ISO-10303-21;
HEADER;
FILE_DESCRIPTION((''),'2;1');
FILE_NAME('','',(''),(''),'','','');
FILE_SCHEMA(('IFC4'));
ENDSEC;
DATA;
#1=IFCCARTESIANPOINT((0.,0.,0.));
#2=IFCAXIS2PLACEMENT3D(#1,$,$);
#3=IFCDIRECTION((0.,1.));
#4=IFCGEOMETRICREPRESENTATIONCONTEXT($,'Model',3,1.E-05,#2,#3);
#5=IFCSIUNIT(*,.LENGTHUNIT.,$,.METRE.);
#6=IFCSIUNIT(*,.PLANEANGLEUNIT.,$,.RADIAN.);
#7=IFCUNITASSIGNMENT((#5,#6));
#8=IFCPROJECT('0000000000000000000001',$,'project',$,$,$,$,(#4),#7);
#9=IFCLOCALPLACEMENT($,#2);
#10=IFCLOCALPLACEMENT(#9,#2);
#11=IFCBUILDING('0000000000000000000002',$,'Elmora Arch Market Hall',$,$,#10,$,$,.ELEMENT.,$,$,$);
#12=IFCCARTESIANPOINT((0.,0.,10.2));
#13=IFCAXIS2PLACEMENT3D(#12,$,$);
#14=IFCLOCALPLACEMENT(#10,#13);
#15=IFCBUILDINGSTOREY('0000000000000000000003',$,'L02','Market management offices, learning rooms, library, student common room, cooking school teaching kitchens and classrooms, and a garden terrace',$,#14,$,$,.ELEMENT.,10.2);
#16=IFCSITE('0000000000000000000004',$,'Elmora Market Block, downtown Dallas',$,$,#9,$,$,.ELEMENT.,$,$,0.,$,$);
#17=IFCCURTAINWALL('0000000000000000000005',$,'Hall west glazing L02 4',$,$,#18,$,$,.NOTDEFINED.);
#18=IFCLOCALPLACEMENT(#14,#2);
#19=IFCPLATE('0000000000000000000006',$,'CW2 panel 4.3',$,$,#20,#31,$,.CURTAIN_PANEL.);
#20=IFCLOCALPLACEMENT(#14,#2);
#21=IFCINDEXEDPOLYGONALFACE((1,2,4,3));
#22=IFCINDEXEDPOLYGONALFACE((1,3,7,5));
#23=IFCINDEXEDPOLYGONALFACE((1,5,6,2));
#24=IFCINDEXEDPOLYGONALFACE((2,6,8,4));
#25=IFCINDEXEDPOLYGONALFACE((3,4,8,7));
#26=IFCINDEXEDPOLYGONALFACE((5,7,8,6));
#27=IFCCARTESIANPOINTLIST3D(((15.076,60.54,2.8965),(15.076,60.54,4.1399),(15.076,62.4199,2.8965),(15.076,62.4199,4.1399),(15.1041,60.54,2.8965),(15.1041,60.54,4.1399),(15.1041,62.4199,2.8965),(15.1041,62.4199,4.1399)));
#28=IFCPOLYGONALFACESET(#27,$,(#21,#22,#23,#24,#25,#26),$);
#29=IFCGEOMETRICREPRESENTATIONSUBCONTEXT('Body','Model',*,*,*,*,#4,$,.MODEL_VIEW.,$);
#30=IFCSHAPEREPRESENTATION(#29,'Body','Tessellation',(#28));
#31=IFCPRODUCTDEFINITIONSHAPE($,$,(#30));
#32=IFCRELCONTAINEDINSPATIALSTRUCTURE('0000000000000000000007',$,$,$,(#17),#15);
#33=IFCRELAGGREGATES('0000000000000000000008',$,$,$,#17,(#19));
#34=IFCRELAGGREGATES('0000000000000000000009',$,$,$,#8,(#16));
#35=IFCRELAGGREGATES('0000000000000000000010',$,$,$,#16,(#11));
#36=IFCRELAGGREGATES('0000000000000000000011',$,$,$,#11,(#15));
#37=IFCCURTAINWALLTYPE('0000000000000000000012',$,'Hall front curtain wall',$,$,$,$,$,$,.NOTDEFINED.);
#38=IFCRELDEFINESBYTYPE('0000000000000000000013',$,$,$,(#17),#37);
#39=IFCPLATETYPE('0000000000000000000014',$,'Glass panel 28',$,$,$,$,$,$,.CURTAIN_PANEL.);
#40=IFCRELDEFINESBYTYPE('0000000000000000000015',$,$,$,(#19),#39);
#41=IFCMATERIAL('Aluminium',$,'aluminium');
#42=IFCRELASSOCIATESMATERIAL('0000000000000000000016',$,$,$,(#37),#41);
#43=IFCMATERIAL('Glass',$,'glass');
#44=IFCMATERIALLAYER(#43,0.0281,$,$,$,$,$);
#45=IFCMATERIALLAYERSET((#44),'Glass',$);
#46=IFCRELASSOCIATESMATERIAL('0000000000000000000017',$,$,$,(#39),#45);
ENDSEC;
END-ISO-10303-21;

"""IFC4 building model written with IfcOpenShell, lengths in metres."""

from ifc_helpers import new_model, si_unit, direction, frame, origin, origin_2d, place, context, subcontext, project, spatial, rectangle, extrude, material, layer, layer_set, type_object, element, aggregate, save


model = new_model("IFC4")

# Units and contexts
model_context = context("Model", 3, precision=1e-05, world=origin(), true_north=direction((0.0, 1.0)))
body_context = subcontext(model_context, "Body", "Model", "MODEL_VIEW")
ifc_project = project(units=[si_unit("LENGTHUNIT", "METRE"), si_unit("PLANEANGLEUNIT", "RADIAN")], contexts=[model_context])

# Site, building, storey
site_placement = place(None, origin())
site = spatial("IfcSite", under=ifc_project, at=site_placement, Name="Elmora Market Block, downtown Dallas", CompositionType="ELEMENT", RefElevation=0.0)
building_placement = place(site_placement, origin())
building = spatial("IfcBuilding", under=site, at=building_placement, Name="Elmora Arch Market Hall", CompositionType="ELEMENT")
storey_placement = place(building_placement, frame((0.0, 0.0, 10.2)))
storey = spatial("IfcBuildingStorey", under=building, at=storey_placement, Name="L02", Description="Market management offices, learning rooms, library, student common room, cooking school teaching kitchens and classrooms, and a garden terrace", CompositionType="ELEMENT", Elevation=10.2)

# Curtain wall, plate
ifc_material_1 = material(Name="Aluminium", Category="aluminium")
curtain_wall_type = type_object("IfcCurtainWallType", Name="Hall front curtain wall", PredefinedType="NOTDEFINED", material=ifc_material_1)
curtain_wall_placement = place(storey_placement, origin())
curtain_wall = element("IfcCurtainWall", 1, at=curtain_wall_placement, inside=storey, type_object=curtain_wall_type, Name="Hall west glazing L02 4", PredefinedType="NOTDEFINED")
ifc_material_2 = material(Name="Glass", Category="glass")
ifc_layer = layer(ifc_material_2, 0.0281)
ifc_layer_set = layer_set([ifc_layer], Name="Glass")
plate_type = type_object("IfcPlateType", Name="Glass panel 28", PredefinedType="CURTAIN_PANEL", material=ifc_layer_set)
plate_1_placement = place(storey_placement, frame((15.0901, 61.48, 2.8965), z_axis=(0.0, 0.0, 1.0), x_axis=(0.0, 1.0, 0.0)))
plate_1 = element("IfcPlate", 2, at=plate_1_placement, type_object=plate_type, Name="CW2 panel 4.3", PredefinedType="CURTAIN_PANEL", context=body_context, shape_type="SweptSolid", body=[
    extrude(rectangle(XDim=1.8799, YDim=0.0281, at=origin_2d()), origin(), (0.0, 0.0, 1.0), 1.2434),
])
aggregate(curtain_wall, [plate_1])

save(model, "model.ifc")
